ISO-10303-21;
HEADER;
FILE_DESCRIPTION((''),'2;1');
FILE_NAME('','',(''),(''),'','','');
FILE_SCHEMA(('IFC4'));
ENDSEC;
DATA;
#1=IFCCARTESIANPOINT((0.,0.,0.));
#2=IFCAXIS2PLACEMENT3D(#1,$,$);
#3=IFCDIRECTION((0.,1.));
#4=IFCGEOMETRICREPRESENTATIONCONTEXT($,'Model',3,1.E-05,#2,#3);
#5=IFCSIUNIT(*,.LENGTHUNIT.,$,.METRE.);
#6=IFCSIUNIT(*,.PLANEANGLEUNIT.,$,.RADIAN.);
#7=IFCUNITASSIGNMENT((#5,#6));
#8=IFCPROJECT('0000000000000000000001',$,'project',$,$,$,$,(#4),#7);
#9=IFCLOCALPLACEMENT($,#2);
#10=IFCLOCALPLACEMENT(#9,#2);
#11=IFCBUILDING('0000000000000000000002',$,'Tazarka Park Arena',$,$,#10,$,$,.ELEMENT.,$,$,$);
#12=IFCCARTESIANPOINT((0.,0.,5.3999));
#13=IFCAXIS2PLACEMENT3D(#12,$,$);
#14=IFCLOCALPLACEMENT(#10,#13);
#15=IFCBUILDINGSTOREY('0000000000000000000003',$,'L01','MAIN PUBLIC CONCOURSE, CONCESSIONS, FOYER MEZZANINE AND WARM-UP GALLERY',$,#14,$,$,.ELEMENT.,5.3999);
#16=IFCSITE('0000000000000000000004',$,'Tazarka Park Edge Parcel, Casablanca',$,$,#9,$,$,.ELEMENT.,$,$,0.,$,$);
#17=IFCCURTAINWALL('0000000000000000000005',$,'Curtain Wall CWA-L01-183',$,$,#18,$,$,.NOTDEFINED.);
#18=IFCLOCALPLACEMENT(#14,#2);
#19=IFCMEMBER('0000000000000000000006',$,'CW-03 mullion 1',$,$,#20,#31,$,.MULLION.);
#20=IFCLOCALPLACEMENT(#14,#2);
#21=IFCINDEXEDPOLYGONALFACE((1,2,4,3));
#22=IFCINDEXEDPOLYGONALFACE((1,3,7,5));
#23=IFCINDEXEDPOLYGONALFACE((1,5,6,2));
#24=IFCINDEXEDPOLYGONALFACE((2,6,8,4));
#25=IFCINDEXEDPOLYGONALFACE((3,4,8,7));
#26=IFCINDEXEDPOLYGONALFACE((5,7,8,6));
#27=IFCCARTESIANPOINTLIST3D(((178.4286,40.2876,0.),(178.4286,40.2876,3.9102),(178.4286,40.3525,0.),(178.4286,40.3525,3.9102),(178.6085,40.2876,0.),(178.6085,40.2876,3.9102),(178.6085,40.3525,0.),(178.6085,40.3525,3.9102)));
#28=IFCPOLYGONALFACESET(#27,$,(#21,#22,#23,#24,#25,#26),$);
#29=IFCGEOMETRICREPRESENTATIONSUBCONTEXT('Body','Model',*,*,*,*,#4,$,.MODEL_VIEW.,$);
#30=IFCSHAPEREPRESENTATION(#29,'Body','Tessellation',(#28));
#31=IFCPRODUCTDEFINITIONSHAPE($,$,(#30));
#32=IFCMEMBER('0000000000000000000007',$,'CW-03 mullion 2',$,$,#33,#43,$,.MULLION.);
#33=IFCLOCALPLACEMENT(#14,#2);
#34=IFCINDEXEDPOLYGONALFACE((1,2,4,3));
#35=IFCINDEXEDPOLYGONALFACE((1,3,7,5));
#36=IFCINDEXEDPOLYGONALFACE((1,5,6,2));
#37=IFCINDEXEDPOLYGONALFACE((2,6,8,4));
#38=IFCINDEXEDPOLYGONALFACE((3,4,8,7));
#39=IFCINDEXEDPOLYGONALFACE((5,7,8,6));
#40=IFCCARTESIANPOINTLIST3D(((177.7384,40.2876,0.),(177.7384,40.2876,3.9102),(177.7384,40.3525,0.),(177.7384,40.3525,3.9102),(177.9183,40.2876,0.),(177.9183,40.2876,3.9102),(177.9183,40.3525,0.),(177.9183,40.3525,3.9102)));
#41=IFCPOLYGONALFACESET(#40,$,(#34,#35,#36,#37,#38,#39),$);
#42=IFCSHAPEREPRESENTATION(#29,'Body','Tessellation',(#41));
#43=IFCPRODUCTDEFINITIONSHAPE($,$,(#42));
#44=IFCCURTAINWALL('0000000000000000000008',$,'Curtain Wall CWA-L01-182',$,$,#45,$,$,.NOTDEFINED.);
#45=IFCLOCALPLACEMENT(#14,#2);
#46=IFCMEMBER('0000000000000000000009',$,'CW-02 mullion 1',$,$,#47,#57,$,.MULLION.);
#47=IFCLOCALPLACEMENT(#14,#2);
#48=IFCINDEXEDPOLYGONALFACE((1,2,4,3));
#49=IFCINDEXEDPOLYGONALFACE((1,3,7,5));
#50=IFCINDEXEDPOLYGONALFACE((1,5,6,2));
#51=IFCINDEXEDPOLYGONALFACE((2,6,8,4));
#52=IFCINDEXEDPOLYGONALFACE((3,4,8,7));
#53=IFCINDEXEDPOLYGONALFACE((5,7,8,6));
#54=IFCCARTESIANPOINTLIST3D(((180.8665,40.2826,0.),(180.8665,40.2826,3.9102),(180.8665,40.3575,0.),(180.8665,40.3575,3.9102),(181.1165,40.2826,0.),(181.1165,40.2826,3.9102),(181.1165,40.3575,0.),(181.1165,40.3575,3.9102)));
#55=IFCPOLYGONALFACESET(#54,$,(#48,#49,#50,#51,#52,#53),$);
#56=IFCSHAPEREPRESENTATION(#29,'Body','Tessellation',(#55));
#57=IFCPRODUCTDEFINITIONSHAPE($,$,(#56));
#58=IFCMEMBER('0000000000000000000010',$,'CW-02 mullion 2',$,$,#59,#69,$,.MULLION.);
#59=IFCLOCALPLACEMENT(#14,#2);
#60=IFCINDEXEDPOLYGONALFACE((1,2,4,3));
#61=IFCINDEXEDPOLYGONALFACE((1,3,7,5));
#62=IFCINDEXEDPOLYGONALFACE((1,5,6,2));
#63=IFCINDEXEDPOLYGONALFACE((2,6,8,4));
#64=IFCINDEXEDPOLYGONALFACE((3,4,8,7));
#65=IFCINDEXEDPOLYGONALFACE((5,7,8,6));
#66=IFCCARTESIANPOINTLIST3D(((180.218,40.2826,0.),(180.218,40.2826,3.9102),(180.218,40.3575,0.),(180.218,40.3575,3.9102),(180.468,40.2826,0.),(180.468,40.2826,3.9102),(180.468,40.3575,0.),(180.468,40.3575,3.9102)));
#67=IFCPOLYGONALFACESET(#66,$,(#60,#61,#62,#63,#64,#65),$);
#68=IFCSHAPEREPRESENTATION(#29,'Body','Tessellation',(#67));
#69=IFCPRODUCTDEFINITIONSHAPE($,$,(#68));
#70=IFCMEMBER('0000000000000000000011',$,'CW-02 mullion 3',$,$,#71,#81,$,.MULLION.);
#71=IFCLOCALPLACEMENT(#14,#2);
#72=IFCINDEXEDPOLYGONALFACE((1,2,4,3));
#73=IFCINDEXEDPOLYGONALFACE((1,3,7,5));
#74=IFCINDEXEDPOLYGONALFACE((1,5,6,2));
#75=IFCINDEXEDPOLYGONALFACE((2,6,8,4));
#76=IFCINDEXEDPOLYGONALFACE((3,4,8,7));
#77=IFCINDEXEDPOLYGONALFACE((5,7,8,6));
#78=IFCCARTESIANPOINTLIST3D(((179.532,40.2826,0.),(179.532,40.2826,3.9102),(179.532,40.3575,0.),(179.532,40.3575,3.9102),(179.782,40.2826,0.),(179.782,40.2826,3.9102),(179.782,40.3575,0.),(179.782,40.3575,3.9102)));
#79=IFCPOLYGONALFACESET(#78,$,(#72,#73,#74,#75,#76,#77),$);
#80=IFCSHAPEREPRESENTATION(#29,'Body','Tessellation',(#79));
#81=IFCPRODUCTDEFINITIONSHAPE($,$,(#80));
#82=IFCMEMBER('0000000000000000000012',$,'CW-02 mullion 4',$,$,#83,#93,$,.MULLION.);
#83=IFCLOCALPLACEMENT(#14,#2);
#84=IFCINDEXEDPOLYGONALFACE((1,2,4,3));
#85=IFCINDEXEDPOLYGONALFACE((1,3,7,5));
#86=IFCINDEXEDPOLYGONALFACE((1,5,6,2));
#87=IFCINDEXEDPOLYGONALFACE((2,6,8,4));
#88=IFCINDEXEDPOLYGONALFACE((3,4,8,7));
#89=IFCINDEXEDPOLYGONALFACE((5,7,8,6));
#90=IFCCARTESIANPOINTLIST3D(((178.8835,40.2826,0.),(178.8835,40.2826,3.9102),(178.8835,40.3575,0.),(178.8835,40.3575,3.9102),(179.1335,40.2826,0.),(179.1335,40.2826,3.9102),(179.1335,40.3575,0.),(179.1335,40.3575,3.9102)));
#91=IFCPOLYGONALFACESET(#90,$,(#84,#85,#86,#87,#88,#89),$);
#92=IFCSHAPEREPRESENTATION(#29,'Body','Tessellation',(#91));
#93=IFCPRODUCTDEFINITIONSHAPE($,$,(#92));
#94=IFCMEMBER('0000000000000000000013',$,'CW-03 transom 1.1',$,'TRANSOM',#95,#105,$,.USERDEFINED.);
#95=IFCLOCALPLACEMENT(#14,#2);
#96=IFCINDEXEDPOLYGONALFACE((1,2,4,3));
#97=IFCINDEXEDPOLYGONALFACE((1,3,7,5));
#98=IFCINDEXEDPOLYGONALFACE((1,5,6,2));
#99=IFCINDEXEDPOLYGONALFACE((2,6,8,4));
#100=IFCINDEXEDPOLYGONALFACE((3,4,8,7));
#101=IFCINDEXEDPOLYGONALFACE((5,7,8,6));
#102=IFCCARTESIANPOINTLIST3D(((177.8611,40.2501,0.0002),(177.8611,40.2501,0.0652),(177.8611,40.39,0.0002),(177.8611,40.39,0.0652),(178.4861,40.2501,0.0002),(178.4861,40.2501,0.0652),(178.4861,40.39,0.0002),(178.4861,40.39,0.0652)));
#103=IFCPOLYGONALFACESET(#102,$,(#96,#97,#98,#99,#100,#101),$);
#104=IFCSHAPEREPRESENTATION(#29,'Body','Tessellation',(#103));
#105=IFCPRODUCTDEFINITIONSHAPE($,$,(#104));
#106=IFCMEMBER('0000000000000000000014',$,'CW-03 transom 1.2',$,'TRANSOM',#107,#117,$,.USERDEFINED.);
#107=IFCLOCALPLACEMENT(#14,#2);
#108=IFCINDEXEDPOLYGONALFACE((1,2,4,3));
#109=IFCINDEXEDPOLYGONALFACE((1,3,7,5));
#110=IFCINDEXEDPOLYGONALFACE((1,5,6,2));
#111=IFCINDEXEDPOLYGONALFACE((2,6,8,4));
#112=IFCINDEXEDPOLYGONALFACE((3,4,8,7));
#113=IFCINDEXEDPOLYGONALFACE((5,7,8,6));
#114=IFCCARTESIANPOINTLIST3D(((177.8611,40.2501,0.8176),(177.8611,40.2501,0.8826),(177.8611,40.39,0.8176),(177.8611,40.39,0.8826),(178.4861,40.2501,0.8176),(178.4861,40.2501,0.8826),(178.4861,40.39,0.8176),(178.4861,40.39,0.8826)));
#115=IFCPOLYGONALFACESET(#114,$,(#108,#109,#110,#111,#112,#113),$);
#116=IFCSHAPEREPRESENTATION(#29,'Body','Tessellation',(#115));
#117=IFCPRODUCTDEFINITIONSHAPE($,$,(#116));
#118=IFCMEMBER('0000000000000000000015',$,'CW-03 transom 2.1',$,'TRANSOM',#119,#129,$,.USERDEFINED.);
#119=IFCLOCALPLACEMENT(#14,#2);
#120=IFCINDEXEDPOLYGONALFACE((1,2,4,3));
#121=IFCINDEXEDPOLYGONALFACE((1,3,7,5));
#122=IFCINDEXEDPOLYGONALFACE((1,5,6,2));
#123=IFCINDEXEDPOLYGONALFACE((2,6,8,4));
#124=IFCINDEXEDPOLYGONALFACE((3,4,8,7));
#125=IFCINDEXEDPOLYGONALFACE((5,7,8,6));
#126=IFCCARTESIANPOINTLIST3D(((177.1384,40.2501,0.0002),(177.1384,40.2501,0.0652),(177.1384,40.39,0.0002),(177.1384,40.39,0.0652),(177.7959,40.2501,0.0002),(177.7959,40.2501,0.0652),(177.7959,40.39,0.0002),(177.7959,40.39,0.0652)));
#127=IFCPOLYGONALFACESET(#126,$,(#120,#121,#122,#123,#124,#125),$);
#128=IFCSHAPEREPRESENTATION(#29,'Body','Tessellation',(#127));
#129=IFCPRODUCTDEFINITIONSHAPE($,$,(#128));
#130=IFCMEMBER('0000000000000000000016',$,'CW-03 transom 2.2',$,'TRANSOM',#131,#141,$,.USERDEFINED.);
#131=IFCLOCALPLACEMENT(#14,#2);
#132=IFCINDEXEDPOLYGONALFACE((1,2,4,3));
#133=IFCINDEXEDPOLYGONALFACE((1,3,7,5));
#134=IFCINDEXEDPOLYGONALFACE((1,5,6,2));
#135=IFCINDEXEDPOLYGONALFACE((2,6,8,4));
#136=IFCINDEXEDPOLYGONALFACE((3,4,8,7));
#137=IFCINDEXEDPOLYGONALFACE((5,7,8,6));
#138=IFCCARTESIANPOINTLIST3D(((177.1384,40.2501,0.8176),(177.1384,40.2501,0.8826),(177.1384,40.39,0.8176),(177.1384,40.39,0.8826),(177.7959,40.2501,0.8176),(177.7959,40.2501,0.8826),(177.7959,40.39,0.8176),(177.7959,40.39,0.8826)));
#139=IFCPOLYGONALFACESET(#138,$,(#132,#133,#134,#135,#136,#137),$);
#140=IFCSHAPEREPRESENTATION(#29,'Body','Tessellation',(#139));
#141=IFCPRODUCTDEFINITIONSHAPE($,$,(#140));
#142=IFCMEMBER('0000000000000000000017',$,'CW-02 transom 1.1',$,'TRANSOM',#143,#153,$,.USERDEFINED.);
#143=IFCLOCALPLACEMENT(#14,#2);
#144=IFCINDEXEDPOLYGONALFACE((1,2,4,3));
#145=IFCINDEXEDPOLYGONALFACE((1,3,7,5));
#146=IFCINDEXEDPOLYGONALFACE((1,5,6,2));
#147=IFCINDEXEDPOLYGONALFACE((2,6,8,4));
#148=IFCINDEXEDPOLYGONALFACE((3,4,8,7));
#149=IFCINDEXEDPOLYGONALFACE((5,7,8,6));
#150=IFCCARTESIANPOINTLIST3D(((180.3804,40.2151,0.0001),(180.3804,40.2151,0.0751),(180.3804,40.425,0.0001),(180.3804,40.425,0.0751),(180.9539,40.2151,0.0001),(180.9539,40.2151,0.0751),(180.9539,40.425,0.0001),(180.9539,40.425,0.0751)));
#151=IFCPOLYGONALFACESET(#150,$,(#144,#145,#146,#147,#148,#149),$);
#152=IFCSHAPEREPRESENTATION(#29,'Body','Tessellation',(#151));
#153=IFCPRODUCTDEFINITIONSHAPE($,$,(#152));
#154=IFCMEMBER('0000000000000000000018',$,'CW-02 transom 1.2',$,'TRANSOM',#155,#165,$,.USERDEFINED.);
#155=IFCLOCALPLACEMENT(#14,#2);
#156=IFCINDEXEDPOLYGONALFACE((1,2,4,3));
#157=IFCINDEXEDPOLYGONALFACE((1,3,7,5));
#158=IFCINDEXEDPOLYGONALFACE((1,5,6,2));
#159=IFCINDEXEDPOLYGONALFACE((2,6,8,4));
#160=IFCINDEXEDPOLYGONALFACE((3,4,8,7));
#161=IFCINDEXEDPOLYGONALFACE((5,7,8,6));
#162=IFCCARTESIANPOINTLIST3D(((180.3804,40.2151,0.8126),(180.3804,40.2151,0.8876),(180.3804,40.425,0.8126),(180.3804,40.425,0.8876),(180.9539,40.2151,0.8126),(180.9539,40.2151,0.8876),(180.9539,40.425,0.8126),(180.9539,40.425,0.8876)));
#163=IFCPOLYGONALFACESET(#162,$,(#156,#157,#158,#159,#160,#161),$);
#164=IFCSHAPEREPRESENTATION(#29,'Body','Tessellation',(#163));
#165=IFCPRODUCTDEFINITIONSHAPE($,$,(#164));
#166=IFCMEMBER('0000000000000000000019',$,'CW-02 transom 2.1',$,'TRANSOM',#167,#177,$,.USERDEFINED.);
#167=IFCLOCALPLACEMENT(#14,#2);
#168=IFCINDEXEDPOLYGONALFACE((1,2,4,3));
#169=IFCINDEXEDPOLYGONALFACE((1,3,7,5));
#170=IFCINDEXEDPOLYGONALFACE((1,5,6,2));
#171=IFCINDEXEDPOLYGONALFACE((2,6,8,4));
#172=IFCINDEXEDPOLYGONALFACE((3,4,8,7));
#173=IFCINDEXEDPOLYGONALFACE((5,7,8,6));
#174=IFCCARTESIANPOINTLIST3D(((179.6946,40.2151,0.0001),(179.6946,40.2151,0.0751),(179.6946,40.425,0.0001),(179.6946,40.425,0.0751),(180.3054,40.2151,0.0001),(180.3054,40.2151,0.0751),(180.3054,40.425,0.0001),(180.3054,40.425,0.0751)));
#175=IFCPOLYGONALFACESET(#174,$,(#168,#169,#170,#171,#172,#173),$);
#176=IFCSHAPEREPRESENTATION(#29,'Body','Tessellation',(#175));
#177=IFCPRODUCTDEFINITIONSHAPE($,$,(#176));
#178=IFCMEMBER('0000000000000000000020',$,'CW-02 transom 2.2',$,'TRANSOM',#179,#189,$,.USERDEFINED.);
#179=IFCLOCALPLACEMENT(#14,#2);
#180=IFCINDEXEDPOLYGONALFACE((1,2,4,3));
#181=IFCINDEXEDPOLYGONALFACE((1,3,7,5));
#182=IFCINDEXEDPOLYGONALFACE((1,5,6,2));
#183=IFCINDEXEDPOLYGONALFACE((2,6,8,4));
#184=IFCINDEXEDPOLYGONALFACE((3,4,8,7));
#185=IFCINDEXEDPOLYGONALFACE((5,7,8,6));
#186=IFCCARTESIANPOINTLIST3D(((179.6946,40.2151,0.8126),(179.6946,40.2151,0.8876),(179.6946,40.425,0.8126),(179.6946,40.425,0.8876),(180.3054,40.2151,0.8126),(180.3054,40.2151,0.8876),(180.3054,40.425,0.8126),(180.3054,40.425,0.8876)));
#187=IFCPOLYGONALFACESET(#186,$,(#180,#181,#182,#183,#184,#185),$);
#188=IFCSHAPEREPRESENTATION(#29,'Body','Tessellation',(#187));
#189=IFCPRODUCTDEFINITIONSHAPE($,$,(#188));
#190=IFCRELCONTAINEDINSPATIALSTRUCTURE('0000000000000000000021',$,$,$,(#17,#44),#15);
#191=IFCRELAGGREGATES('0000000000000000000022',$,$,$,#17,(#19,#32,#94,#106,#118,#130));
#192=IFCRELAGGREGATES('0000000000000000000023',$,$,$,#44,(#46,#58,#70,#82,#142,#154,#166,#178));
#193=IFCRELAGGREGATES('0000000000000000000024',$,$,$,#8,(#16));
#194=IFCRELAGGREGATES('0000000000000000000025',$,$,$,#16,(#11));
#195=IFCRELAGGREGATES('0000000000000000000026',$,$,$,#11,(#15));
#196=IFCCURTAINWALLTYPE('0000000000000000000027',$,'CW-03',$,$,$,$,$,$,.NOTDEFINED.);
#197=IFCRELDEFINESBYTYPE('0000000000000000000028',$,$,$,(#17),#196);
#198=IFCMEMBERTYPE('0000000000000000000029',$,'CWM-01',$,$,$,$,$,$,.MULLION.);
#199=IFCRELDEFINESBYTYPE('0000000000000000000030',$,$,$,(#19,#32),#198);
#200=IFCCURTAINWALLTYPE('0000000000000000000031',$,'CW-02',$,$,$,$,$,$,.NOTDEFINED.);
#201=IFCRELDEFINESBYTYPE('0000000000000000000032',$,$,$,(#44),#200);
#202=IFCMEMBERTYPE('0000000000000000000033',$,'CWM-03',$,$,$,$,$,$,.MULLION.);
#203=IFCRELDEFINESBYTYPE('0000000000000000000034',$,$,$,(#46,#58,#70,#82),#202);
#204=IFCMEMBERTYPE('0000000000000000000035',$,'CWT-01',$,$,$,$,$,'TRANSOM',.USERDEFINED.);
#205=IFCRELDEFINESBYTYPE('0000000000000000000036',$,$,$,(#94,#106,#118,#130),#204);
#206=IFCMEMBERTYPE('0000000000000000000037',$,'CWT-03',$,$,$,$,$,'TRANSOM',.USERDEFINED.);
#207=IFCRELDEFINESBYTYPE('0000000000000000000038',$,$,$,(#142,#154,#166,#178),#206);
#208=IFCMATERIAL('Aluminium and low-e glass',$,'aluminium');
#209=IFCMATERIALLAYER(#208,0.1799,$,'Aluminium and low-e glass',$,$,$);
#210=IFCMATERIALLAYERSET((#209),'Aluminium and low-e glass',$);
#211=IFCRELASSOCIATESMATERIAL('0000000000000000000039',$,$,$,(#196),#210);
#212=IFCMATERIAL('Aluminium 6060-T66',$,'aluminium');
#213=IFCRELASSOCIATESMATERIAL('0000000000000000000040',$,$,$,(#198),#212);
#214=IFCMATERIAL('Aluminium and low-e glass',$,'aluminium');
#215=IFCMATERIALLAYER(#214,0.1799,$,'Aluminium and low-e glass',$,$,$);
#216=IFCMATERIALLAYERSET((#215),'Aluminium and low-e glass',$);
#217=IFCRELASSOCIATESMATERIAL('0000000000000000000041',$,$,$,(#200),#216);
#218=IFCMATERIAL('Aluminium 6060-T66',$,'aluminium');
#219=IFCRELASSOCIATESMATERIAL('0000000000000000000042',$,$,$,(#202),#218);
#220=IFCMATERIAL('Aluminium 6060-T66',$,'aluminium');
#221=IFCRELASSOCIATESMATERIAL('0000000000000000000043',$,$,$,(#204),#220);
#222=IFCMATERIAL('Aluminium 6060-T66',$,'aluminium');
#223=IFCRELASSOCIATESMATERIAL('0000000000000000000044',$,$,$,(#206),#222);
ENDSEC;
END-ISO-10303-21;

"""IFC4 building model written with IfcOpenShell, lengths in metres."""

from ifc_helpers import new_model, si_unit, direction, frame, origin, origin_2d, place, context, subcontext, project, spatial, rectangle, extrude, material, layer, layer_set, material_profile, profile_set, type_object, element, aggregate, save


model = new_model("IFC4")

# Units and contexts
model_context = context("Model", 3, precision=1e-05, world=origin(), true_north=direction((0.0, 1.0)))
body_context = subcontext(model_context, "Body", "Model", "MODEL_VIEW")
ifc_project = project(units=[si_unit("LENGTHUNIT", "METRE"), si_unit("PLANEANGLEUNIT", "RADIAN")], contexts=[model_context])

# Site, building, storey
site_placement = place(None, origin())
site = spatial("IfcSite", under=ifc_project, at=site_placement, Name="Tazarka Park Edge Parcel, Casablanca", CompositionType="ELEMENT", RefElevation=0.0)
building_placement = place(site_placement, origin())
building = spatial("IfcBuilding", under=site, at=building_placement, Name="Tazarka Park Arena", CompositionType="ELEMENT")
storey_placement = place(building_placement, frame((0.0, 0.0, 5.3999)))
storey = spatial("IfcBuildingStorey", under=building, at=storey_placement, Name="L01", Description="MAIN PUBLIC CONCOURSE, CONCESSIONS, FOYER MEZZANINE AND WARM-UP GALLERY", CompositionType="ELEMENT", Elevation=5.3999)

# Curtain walls, members
ifc_material_1 = material(Name="Aluminium and low-e glass", Category="aluminium")
ifc_layer_1 = layer(ifc_material_1, 0.1799, Name="Aluminium and low-e glass")
ifc_layer_set_1 = layer_set([ifc_layer_1], Name="Aluminium and low-e glass")
curtain_wall_type_1 = type_object("IfcCurtainWallType", Name="CW-03", PredefinedType="NOTDEFINED", material=ifc_layer_set_1)
curtain_wall_1_placement = place(storey_placement, origin())
curtain_wall_1 = element("IfcCurtainWall", 1, at=curtain_wall_1_placement, inside=storey, type_object=curtain_wall_type_1, Name="Curtain Wall CWA-L01-183", PredefinedType="NOTDEFINED")
ifc_material_2 = material(Name="Aluminium 6060-T66", Category="aluminium")
ifc_material_profile_1 = material_profile(ifc_material_2, rectangle(XDim=0.0649, YDim=0.1799, at=origin_2d()), Name="Aluminium 6060-T66")
ifc_profile_set_1 = profile_set([ifc_material_profile_1], Name="Aluminium 6060-T66")
member_type_1 = type_object("IfcMemberType", Name="CWM-01", PredefinedType="MULLION", material=ifc_profile_set_1)
member_1_placement = place(storey_placement, frame((178.5186, 40.3201, 0.0), z_axis=(0.0, 0.0, 1.0), x_axis=(0.0, -1.0, 0.0)))
member_1 = element("IfcMember", 2, at=member_1_placement, type_object=member_type_1, Name="CW-03 mullion 1", PredefinedType="MULLION", context=body_context, shape_type="SweptSolid", body=[
    extrude(rectangle(XDim=0.0649, YDim=0.1799, at=origin_2d()), origin(), (0.0, 0.0, 1.0), 3.9102),
])
member_2_placement = place(storey_placement, frame((177.8284, 40.3201, 0.0), z_axis=(0.0, 0.0, 1.0), x_axis=(0.0, -1.0, 0.0)))
member_2 = element("IfcMember", 3, at=member_2_placement, type_object=member_type_1, Name="CW-03 mullion 2", PredefinedType="MULLION", context=body_context, shape_type="SweptSolid", body=[
    extrude(rectangle(XDim=0.0649, YDim=0.1799, at=origin_2d()), origin(), (0.0, 0.0, 1.0), 3.9102),
])
ifc_material_3 = material(Name="Aluminium and low-e glass", Category="aluminium")
ifc_layer_2 = layer(ifc_material_3, 0.1799, Name="Aluminium and low-e glass")
ifc_layer_set_2 = layer_set([ifc_layer_2], Name="Aluminium and low-e glass")
curtain_wall_type_2 = type_object("IfcCurtainWallType", Name="CW-02", PredefinedType="NOTDEFINED", material=ifc_layer_set_2)
curtain_wall_2_placement = place(storey_placement, origin())
curtain_wall_2 = element("IfcCurtainWall", 4, at=curtain_wall_2_placement, inside=storey, type_object=curtain_wall_type_2, Name="Curtain Wall CWA-L01-182", PredefinedType="NOTDEFINED")
ifc_material_4 = material(Name="Aluminium 6060-T66", Category="aluminium")
ifc_material_profile_2 = material_profile(ifc_material_4, rectangle(XDim=0.075, YDim=0.25, at=origin_2d()), Name="Aluminium 6060-T66")
ifc_profile_set_2 = profile_set([ifc_material_profile_2], Name="Aluminium 6060-T66")
member_type_2 = type_object("IfcMemberType", Name="CWM-03", PredefinedType="MULLION", material=ifc_profile_set_2)
member_3_placement = place(storey_placement, frame((180.9915, 40.3201, 0.0), z_axis=(0.0, 0.0, 1.0), x_axis=(0.0, -1.0, 0.0)))
member_3 = element("IfcMember", 5, at=member_3_placement, type_object=member_type_2, Name="CW-02 mullion 1", PredefinedType="MULLION", context=body_context, shape_type="SweptSolid", body=[
    extrude(rectangle(XDim=0.075, YDim=0.25, at=origin_2d()), origin(), (0.0, 0.0, 1.0), 3.9102),
])
member_4_placement = place(storey_placement, frame((180.343, 40.3201, 0.0), z_axis=(0.0, 0.0, 1.0), x_axis=(0.0, -1.0, 0.0)))
member_4 = element("IfcMember", 6, at=member_4_placement, type_object=member_type_2, Name="CW-02 mullion 2", PredefinedType="MULLION", context=body_context, shape_type="SweptSolid", body=[
    extrude(rectangle(XDim=0.075, YDim=0.25, at=origin_2d()), origin(), (0.0, 0.0, 1.0), 3.9102),
])
member_5_placement = place(storey_placement, frame((179.657, 40.3201, 0.0), z_axis=(0.0, 0.0, 1.0), x_axis=(0.0, -1.0, 0.0)))
member_5 = element("IfcMember", 7, at=member_5_placement, type_object=member_type_2, Name="CW-02 mullion 3", PredefinedType="MULLION", context=body_context, shape_type="SweptSolid", body=[
    extrude(rectangle(XDim=0.075, YDim=0.25, at=origin_2d()), origin(), (0.0, 0.0, 1.0), 3.9102),
])
member_6_placement = place(storey_placement, frame((179.0085, 40.3201, 0.0), z_axis=(0.0, 0.0, 1.0), x_axis=(0.0, -1.0, 0.0)))
member_6 = element("IfcMember", 8, at=member_6_placement, type_object=member_type_2, Name="CW-02 mullion 4", PredefinedType="MULLION", context=body_context, shape_type="SweptSolid", body=[
    extrude(rectangle(XDim=0.075, YDim=0.25, at=origin_2d()), origin(), (0.0, 0.0, 1.0), 3.9102),
])

# Members
ifc_material_5 = material(Name="Aluminium 6060-T66", Category="aluminium")
ifc_material_profile_3 = material_profile(ifc_material_5, rectangle(XDim=0.1399, YDim=0.0649, at=origin_2d()), Name="Aluminium 6060-T66")
ifc_profile_set_3 = profile_set([ifc_material_profile_3], Name="Aluminium 6060-T66")
member_type_3 = type_object("IfcMemberType", Name="CWT-01", ElementType="TRANSOM", PredefinedType="USERDEFINED", material=ifc_profile_set_3)
member_7_placement = place(storey_placement, frame((178.4861, 40.3201, 0.0327), z_axis=(-1.0, 0.0, 0.0), x_axis=(0.0, -1.0, 0.0)))
member_7 = element("IfcMember", 9, at=member_7_placement, type_object=member_type_3, Name="CW-03 transom 1.1", ObjectType="TRANSOM", PredefinedType="USERDEFINED", context=body_context, shape_type="SweptSolid", body=[
    extrude(rectangle(XDim=0.1399, YDim=0.0649, at=origin_2d()), origin(), (0.0, 0.0, 1.0), 0.625),
])
member_8_placement = place(storey_placement, frame((178.4861, 40.3201, 0.8501), z_axis=(-1.0, 0.0, 0.0), x_axis=(0.0, -1.0, 0.0)))
member_8 = element("IfcMember", 10, at=member_8_placement, type_object=member_type_3, Name="CW-03 transom 1.2", ObjectType="TRANSOM", PredefinedType="USERDEFINED", context=body_context, shape_type="SweptSolid", body=[
    extrude(rectangle(XDim=0.1399, YDim=0.0649, at=origin_2d()), origin(), (0.0, 0.0, 1.0), 0.625),
])
member_9_placement = place(storey_placement, frame((177.7959, 40.3201, 0.0327), z_axis=(-1.0, 0.0, 0.0), x_axis=(0.0, -1.0, 0.0)))
member_9 = element("IfcMember", 11, at=member_9_placement, type_object=member_type_3, Name="CW-03 transom 2.1", ObjectType="TRANSOM", PredefinedType="USERDEFINED", context=body_context, shape_type="SweptSolid", body=[
    extrude(rectangle(XDim=0.1399, YDim=0.0649, at=origin_2d()), origin(), (0.0, 0.0, 1.0), 0.6575),
])
member_10_placement = place(storey_placement, frame((177.7959, 40.3201, 0.8501), z_axis=(-1.0, 0.0, 0.0), x_axis=(0.0, -1.0, 0.0)))
member_10 = element("IfcMember", 12, at=member_10_placement, type_object=member_type_3, Name="CW-03 transom 2.2", ObjectType="TRANSOM", PredefinedType="USERDEFINED", context=body_context, shape_type="SweptSolid", body=[
    extrude(rectangle(XDim=0.1399, YDim=0.0649, at=origin_2d()), origin(), (0.0, 0.0, 1.0), 0.6575),
])
ifc_material_6 = material(Name="Aluminium 6060-T66", Category="aluminium")
ifc_material_profile_4 = material_profile(ifc_material_6, rectangle(XDim=0.21, YDim=0.075, at=origin_2d()), Name="Aluminium 6060-T66")
ifc_profile_set_4 = profile_set([ifc_material_profile_4], Name="Aluminium 6060-T66")
member_type_4 = type_object("IfcMemberType", Name="CWT-03", ElementType="TRANSOM", PredefinedType="USERDEFINED", material=ifc_profile_set_4)
member_11_placement = place(storey_placement, frame((180.9539, 40.3201, 0.0376), z_axis=(-1.0, 0.0, 0.0), x_axis=(0.0, -1.0, 0.0)))
member_11 = element("IfcMember", 13, at=member_11_placement, type_object=member_type_4, Name="CW-02 transom 1.1", ObjectType="TRANSOM", PredefinedType="USERDEFINED", context=body_context, shape_type="SweptSolid", body=[
    extrude(rectangle(XDim=0.21, YDim=0.075, at=origin_2d()), origin(), (0.0, 0.0, 1.0), 0.5735),
])
member_12_placement = place(storey_placement, frame((180.9539, 40.3201, 0.8501), z_axis=(-1.0, 0.0, 0.0), x_axis=(0.0, -1.0, 0.0)))
member_12 = element("IfcMember", 14, at=member_12_placement, type_object=member_type_4, Name="CW-02 transom 1.2", ObjectType="TRANSOM", PredefinedType="USERDEFINED", context=body_context, shape_type="SweptSolid", body=[
    extrude(rectangle(XDim=0.21, YDim=0.075, at=origin_2d()), origin(), (0.0, 0.0, 1.0), 0.5735),
])
member_13_placement = place(storey_placement, frame((180.3054, 40.3201, 0.0376), z_axis=(-1.0, 0.0, 0.0), x_axis=(0.0, -1.0, 0.0)))
member_13 = element("IfcMember", 15, at=member_13_placement, type_object=member_type_4, Name="CW-02 transom 2.1", ObjectType="TRANSOM", PredefinedType="USERDEFINED", context=body_context, shape_type="SweptSolid", body=[
    extrude(rectangle(XDim=0.21, YDim=0.075, at=origin_2d()), origin(), (0.0, 0.0, 1.0), 0.6108),
])
member_14_placement = place(storey_placement, frame((180.3054, 40.3201, 0.8501), z_axis=(-1.0, 0.0, 0.0), x_axis=(0.0, -1.0, 0.0)))
member_14 = element("IfcMember", 16, at=member_14_placement, type_object=member_type_4, Name="CW-02 transom 2.2", ObjectType="TRANSOM", PredefinedType="USERDEFINED", context=body_context, shape_type="SweptSolid", body=[
    extrude(rectangle(XDim=0.21, YDim=0.075, at=origin_2d()), origin(), (0.0, 0.0, 1.0), 0.6108),
])

aggregate(curtain_wall_1, [member_1, member_2, member_7, member_8, member_9, member_10])
aggregate(curtain_wall_2, [member_3, member_4, member_5, member_6, member_11, member_12, member_13, member_14])

save(model, "model.ifc")
